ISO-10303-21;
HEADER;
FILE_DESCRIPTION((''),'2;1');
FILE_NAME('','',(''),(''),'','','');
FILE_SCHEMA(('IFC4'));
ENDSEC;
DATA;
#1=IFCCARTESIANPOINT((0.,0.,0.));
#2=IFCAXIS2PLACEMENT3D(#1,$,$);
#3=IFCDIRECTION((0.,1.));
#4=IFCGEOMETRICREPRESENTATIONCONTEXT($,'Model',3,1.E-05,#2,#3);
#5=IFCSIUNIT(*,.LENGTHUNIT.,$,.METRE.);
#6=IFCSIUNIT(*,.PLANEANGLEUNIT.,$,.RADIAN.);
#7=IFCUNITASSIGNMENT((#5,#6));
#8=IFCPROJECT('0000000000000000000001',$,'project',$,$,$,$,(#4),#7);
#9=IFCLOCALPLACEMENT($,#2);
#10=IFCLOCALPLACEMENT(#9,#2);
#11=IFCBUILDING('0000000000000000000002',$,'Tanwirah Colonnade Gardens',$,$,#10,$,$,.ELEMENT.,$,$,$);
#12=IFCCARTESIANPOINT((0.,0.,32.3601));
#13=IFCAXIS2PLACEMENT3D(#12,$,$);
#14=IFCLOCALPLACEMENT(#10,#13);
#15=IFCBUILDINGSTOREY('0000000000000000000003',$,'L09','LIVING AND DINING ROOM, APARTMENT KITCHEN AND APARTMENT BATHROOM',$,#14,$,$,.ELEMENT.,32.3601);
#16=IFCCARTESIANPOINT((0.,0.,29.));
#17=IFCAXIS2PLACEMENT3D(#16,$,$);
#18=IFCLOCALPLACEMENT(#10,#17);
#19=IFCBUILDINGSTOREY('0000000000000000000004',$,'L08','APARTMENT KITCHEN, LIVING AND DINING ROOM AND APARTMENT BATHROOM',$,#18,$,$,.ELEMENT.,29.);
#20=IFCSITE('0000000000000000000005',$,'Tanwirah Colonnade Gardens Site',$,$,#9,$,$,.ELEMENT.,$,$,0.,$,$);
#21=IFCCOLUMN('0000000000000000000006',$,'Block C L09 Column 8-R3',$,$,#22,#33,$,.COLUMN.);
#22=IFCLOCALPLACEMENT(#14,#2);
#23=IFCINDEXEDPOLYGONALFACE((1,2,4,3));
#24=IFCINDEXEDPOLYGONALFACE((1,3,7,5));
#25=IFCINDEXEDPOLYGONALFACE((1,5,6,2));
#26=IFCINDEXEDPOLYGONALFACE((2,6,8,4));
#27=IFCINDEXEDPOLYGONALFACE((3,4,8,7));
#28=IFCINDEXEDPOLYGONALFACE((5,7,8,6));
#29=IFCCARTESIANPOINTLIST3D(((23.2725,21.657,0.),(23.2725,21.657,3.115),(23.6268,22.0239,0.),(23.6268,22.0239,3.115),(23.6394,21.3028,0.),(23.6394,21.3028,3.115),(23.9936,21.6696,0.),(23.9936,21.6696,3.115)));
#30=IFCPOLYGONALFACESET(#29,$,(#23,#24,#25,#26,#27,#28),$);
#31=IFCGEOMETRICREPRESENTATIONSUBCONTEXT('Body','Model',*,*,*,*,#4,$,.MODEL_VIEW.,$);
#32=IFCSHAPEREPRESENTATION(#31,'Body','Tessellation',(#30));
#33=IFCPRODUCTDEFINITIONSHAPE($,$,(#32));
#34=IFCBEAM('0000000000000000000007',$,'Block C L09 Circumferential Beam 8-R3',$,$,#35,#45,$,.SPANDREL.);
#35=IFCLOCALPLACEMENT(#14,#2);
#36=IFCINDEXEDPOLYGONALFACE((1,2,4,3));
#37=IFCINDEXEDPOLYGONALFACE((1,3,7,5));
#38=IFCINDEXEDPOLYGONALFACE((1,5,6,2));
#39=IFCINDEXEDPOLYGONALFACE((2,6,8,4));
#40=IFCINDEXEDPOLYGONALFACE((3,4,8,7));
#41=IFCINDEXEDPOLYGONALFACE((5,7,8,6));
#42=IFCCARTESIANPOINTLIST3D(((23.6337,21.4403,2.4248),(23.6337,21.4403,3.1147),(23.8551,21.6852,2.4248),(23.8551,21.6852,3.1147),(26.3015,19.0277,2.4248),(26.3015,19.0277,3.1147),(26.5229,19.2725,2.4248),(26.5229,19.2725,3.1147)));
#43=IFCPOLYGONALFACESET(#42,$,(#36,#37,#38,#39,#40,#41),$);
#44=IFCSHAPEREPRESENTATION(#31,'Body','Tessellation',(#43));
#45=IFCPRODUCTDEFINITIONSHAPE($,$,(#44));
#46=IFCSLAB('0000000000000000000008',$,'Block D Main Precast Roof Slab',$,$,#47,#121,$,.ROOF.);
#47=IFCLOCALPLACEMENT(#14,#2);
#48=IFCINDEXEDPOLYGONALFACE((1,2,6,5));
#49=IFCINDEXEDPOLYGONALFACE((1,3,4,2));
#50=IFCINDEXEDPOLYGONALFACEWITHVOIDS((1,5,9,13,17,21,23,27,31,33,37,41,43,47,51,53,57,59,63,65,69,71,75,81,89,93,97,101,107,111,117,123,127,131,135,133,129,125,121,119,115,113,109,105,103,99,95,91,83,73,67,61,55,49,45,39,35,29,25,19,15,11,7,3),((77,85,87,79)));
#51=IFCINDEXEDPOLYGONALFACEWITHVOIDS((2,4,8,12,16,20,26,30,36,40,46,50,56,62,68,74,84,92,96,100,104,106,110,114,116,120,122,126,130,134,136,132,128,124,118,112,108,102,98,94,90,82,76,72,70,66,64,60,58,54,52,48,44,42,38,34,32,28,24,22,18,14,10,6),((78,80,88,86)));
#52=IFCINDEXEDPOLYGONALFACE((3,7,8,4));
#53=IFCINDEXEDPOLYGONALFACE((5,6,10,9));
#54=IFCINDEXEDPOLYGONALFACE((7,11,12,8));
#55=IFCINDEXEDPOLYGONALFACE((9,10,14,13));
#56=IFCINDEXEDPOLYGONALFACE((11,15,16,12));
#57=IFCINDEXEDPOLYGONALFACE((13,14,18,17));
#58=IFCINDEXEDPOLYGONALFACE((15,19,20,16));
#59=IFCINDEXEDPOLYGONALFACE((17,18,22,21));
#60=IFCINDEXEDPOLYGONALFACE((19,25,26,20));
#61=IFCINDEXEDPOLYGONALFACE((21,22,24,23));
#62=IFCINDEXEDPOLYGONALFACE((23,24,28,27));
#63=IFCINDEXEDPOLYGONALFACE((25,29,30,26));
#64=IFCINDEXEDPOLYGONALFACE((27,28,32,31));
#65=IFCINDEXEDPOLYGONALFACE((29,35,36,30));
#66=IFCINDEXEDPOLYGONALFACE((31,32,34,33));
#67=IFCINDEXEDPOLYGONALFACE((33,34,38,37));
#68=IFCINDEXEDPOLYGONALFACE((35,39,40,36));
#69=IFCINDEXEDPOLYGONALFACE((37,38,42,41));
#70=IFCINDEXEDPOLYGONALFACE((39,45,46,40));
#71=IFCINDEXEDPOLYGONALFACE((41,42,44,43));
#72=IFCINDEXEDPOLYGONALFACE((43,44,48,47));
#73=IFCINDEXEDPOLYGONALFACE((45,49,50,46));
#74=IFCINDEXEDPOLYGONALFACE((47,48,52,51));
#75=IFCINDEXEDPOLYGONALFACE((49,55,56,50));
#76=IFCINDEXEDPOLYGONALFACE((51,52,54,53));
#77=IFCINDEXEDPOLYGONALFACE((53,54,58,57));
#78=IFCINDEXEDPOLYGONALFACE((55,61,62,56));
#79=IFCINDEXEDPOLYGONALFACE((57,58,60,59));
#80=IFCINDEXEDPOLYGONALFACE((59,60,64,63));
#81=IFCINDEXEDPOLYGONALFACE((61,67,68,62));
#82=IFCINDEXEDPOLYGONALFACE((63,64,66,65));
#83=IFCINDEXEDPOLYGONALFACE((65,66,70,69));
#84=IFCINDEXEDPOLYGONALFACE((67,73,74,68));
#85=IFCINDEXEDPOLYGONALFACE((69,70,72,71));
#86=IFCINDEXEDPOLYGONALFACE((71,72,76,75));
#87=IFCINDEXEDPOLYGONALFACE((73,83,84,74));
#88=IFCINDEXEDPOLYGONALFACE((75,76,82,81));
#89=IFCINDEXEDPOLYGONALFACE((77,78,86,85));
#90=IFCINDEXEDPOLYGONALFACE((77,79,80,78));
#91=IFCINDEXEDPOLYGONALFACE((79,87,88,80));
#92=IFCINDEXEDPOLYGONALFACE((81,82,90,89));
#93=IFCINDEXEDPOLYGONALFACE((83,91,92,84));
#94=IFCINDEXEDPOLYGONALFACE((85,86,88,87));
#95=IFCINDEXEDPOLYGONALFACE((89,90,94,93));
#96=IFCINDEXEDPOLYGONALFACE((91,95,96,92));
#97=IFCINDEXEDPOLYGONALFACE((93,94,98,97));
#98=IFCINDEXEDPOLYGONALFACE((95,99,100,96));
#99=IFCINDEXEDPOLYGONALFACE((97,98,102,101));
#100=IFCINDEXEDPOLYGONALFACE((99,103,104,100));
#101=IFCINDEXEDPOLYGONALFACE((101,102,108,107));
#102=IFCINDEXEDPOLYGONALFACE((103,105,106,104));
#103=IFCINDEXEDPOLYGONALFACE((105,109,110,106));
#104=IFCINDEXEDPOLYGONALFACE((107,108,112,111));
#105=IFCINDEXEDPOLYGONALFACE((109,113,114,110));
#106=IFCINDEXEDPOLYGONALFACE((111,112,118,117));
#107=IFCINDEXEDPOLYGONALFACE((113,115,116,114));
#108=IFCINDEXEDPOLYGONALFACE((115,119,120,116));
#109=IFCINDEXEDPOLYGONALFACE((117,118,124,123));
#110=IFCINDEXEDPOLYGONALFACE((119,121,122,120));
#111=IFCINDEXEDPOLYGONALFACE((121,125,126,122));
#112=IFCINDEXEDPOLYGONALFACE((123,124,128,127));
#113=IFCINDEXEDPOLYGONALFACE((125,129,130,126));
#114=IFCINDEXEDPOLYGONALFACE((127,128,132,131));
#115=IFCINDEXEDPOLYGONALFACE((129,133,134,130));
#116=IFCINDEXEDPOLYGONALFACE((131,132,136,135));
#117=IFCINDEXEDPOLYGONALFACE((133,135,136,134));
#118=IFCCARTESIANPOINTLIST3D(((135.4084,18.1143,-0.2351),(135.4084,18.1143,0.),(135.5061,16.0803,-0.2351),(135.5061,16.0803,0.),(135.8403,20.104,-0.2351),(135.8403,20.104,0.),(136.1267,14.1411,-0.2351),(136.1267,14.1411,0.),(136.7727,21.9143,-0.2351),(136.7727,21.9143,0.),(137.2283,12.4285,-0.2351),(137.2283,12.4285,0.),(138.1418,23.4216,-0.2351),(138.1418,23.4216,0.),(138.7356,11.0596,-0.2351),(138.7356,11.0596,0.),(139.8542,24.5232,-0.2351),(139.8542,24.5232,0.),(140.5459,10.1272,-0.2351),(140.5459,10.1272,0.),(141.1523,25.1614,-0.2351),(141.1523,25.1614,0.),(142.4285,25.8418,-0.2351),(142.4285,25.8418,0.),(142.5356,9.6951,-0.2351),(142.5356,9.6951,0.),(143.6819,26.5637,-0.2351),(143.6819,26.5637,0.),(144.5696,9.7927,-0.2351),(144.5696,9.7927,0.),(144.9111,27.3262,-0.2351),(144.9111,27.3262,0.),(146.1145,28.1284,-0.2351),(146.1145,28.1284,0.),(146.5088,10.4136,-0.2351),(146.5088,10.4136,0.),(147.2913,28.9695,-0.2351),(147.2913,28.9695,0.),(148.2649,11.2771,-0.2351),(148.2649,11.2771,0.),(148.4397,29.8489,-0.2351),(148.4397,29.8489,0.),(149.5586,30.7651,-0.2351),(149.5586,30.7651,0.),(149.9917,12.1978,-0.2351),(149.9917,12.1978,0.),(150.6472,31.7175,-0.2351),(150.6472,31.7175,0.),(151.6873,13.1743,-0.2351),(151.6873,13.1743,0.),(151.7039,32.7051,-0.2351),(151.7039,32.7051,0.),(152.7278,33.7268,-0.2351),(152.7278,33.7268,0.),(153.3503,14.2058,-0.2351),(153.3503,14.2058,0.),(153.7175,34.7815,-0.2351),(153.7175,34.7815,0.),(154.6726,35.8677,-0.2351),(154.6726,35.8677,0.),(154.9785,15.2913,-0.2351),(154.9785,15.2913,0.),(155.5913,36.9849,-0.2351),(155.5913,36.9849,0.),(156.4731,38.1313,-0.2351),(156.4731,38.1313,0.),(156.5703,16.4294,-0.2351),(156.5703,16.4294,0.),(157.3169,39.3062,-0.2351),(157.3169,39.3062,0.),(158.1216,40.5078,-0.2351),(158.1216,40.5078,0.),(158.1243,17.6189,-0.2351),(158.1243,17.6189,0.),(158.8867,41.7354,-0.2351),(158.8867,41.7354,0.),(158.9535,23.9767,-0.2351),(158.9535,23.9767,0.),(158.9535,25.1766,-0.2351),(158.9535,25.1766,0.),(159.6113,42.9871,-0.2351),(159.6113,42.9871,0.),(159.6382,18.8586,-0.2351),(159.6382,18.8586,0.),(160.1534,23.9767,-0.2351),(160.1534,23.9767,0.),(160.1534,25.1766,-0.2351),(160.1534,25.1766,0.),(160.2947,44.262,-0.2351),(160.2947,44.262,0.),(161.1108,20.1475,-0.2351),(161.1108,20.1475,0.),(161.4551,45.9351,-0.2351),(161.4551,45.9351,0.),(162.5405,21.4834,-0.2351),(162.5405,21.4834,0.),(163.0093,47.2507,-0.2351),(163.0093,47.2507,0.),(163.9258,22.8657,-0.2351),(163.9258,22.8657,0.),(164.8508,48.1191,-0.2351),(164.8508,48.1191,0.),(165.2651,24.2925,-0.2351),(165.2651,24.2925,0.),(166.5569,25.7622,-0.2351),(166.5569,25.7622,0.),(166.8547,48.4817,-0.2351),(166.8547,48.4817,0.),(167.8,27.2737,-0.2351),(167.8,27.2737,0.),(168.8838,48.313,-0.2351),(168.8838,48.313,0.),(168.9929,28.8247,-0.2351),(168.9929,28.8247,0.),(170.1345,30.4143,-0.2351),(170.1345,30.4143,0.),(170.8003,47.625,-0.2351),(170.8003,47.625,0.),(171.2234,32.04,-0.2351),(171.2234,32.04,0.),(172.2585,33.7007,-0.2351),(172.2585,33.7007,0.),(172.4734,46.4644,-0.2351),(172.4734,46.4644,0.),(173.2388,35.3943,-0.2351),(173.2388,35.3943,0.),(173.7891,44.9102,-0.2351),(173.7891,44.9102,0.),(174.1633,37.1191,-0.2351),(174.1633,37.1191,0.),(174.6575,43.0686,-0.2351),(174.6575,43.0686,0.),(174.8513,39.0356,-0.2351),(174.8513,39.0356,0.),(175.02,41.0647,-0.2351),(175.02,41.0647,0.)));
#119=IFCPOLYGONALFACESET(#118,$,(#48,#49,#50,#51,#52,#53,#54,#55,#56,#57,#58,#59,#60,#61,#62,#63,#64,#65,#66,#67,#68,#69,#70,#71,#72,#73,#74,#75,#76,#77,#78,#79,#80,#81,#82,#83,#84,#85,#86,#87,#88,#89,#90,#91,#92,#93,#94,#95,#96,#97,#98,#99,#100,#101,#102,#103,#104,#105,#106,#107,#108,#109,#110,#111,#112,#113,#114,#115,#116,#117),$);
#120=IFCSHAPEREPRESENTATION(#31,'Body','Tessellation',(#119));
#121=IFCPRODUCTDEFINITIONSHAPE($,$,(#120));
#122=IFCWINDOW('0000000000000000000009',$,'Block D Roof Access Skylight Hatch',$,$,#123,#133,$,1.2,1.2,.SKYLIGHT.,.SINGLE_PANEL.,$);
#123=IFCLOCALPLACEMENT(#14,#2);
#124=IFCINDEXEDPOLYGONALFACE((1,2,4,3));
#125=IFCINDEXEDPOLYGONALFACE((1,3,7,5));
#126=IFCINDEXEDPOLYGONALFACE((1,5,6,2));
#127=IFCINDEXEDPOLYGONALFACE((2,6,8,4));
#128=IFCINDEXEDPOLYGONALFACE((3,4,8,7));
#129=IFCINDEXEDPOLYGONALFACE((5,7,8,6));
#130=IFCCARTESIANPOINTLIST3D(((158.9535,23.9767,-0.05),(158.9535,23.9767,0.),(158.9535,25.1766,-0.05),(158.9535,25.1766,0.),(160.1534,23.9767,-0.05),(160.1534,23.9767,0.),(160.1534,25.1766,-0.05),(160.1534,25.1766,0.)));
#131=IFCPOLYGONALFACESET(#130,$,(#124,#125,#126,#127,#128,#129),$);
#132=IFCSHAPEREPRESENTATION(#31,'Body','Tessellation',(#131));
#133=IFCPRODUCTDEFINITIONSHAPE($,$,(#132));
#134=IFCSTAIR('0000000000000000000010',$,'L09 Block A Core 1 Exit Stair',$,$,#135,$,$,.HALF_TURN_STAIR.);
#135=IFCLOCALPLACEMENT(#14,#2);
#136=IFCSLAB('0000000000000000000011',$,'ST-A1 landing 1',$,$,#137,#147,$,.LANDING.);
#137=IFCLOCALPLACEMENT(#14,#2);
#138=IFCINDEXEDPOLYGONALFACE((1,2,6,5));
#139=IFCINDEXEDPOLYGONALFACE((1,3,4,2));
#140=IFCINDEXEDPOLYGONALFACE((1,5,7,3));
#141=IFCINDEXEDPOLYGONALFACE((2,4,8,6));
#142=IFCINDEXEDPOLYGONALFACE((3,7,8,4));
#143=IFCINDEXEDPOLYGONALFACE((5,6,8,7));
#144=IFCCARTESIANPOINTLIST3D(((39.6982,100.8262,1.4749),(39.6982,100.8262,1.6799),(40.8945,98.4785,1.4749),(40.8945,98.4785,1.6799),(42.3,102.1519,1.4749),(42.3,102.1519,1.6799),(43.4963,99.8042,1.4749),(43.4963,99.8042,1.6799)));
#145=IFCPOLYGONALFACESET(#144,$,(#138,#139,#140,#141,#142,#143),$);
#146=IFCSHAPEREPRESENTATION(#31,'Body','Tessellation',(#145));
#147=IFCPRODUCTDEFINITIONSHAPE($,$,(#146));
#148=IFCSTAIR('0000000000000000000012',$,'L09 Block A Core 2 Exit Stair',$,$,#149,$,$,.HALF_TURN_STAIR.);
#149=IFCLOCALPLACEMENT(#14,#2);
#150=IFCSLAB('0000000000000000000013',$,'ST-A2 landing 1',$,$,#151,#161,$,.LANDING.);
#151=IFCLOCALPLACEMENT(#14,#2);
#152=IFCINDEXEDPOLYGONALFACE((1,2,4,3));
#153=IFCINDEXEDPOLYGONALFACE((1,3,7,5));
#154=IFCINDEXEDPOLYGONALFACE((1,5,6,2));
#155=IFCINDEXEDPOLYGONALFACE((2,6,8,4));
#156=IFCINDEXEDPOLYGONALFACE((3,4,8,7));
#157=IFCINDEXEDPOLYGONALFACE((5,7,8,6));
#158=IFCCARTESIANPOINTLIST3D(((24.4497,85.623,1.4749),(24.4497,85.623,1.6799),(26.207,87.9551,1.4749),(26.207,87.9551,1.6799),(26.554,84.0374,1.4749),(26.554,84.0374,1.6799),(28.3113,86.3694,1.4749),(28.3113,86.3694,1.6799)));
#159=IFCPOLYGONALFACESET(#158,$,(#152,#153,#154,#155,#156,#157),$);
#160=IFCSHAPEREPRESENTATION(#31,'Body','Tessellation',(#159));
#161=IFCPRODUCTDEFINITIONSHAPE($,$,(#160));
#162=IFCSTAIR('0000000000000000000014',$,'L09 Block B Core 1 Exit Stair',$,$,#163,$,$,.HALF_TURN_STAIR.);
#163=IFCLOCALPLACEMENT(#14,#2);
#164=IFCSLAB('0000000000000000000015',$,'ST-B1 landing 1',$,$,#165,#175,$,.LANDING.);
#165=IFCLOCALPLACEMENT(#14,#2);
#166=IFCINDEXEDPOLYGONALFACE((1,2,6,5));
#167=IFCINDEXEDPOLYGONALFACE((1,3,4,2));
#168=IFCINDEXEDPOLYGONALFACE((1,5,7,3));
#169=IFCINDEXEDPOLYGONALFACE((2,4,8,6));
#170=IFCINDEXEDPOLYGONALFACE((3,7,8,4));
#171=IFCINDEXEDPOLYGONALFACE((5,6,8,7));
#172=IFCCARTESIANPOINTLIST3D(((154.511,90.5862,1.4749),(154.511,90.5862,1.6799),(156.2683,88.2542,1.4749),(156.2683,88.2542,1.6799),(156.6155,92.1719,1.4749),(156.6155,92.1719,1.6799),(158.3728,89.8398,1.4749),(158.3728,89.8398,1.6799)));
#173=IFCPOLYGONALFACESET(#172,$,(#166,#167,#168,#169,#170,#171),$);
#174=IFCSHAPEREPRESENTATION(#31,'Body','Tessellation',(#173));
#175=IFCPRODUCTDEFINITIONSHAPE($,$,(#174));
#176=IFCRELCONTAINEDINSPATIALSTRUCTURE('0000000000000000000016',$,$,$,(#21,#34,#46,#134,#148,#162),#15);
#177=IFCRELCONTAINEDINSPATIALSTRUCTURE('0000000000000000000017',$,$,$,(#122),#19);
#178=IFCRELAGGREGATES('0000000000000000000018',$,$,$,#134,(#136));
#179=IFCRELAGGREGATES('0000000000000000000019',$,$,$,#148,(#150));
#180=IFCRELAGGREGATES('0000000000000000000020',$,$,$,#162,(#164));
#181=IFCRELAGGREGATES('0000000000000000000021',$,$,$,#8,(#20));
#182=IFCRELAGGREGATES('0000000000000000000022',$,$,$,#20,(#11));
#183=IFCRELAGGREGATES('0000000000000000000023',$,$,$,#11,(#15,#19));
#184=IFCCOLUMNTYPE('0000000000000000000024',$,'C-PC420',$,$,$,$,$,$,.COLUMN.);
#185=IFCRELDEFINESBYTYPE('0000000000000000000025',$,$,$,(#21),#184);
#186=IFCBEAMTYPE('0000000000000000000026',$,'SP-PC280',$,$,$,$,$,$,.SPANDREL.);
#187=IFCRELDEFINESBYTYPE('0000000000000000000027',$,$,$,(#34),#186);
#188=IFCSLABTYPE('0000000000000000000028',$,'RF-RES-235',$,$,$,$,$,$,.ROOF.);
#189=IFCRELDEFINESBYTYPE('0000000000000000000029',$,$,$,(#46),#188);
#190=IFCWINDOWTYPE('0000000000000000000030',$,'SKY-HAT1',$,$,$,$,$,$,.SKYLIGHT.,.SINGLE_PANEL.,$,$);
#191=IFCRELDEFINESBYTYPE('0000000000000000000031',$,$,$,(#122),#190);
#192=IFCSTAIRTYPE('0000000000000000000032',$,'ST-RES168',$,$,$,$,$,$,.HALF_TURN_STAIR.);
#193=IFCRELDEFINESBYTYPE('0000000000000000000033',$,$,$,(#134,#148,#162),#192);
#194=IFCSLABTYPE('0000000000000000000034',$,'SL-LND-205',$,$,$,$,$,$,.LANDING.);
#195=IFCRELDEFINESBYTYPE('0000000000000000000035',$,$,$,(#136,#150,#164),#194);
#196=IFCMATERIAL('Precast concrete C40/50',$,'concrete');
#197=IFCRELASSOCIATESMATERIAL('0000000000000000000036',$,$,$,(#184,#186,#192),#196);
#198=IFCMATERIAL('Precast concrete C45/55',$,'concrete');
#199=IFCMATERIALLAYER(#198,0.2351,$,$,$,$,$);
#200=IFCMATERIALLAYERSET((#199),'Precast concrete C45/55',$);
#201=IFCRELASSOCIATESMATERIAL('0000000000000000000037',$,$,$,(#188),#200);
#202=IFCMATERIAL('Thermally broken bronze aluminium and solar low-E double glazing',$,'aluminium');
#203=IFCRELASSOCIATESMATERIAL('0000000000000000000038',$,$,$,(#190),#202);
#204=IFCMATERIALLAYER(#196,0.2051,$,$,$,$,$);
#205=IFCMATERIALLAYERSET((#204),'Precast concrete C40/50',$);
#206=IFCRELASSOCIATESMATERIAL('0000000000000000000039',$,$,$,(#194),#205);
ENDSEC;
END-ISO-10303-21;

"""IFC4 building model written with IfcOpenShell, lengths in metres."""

from ifc_helpers import new_model, si_unit, direction, frame, origin, origin_2d, place, context, subcontext, project, spatial, polyline, rectangle, outline, extrude, material, layer, layer_set, material_profile, profile_set, type_object, element, fill, aggregate, save


model = new_model("IFC4")

# Units and contexts
model_context = context("Model", 3, precision=1e-05, world=origin(), true_north=direction((0.0, 1.0)))
body_context = subcontext(model_context, "Body", "Model", "MODEL_VIEW")
ifc_project = project(units=[si_unit("LENGTHUNIT", "METRE"), si_unit("PLANEANGLEUNIT", "RADIAN")], contexts=[model_context])

# Site, building, storey
site_placement = place(None, origin())
site = spatial("IfcSite", under=ifc_project, at=site_placement, Name="Tanwirah Colonnade Gardens Site", CompositionType="ELEMENT", RefElevation=0.0)
building_placement = place(site_placement, origin())
building = spatial("IfcBuilding", under=site, at=building_placement, Name="Tanwirah Colonnade Gardens", CompositionType="ELEMENT")
storey_1_placement = place(building_placement, frame((0.0, 0.0, 32.3601)))
storey_1 = spatial("IfcBuildingStorey", under=building, at=storey_1_placement, Name="L09", Description="LIVING AND DINING ROOM, APARTMENT KITCHEN AND APARTMENT BATHROOM", CompositionType="ELEMENT", Elevation=32.3601)

# Column
ifc_material_1 = material(Name="Precast concrete C40/50", Category="concrete")
ifc_material_profile_1 = material_profile(ifc_material_1, rectangle(XDim=0.51, YDim=0.51, at=origin_2d()), Name="PC-COL 510x510")
ifc_profile_set_1 = profile_set([ifc_material_profile_1], Name="Precast concrete C40/50")
column_type = type_object("IfcColumnType", Name="C-PC420", PredefinedType="COLUMN", material=ifc_profile_set_1)
column_placement = place(storey_1_placement, frame((23.6331, 21.6633, 0.0), z_axis=(0.0, 0.0, 1.0), x_axis=(-0.694658, -0.71934, 0.0)))
element("IfcColumn", 1, at=column_placement, inside=storey_1, type_object=column_type, Name="Block C L09 Column 8-R3", PredefinedType="COLUMN", context=body_context, shape_type="SweptSolid", body=[
    extrude(rectangle(XDim=0.51, YDim=0.51, at=origin_2d()), origin(), (0.0, 0.0, 1.0), 3.115),
])

# Beam
ifc_material_profile_2 = material_profile(ifc_material_1, rectangle(XDim=0.3301, YDim=0.6899, at=origin_2d()), Name="PC-SP 330x690")
ifc_profile_set_2 = profile_set([ifc_material_profile_2], Name="Precast concrete C40/50")
beam_type = type_object("IfcBeamType", Name="SP-PC280", PredefinedType="SPANDREL", material=ifc_profile_set_2)
beam_placement = place(storey_1_placement, frame((23.7444, 21.5627, 2.7698), z_axis=(0.741682, -0.670752, 0.0), x_axis=(0.670752, 0.741682, 0.0)))
element("IfcBeam", 2, at=beam_placement, inside=storey_1, type_object=beam_type, Name="Block C L09 Circumferential Beam 8-R3", PredefinedType="SPANDREL", context=body_context, shape_type="SweptSolid", body=[
    extrude(rectangle(XDim=0.3301, YDim=0.6899, at=origin_2d()), origin(), (0.0, 0.0, 1.0), 3.5969),
])

# Slab, opening
ifc_material_2 = material(Name="Precast concrete C45/55", Category="concrete")
ifc_layer_1 = layer(ifc_material_2, 0.2351)
ifc_layer_set_1 = layer_set([ifc_layer_1], Name="Precast concrete C45/55")
slab_type_1 = type_object("IfcSlabType", Name="RF-RES-235", PredefinedType="ROOF", material=ifc_layer_set_1)
slab_1_placement = place(storey_1_placement, frame((0.0, 0.0, -0.2351)))
slab_1 = element("IfcSlab", 3, at=slab_1_placement, inside=storey_1, type_object=slab_type_1, Name="Block D Main Precast Roof Slab", PredefinedType="ROOF", context=body_context, shape_type="SweptSolid", body=[
    extrude(outline(polyline([(138.1418, 23.4216), (136.7727, 21.9143), (135.8403, 20.104), (135.4084, 18.1143), (135.5061, 16.0803), (136.1267, 14.1411), (137.2283, 12.4285), (138.7356, 11.0596), (140.5459, 10.1272), (142.5356, 9.6951), (144.5696, 9.7927), (146.5088, 10.4136), (148.2649, 11.2771), (149.9917, 12.1978), (151.6873, 13.1743), (153.3503, 14.2058), (154.9785, 15.2913), (156.5703, 16.4294), (158.1243, 17.6189), (159.6382, 18.8586), (161.1108, 20.1475), (162.5405, 21.4834), (163.9258, 22.8657), (165.2651, 24.2925), (166.5569, 25.7622), (167.8, 27.2737), (168.9929, 28.8247), (170.1345, 30.4143), (171.2234, 32.04), (172.2585, 33.7007), (173.2388, 35.3943), (174.1633, 37.1191), (174.8513, 39.0356), (175.02, 41.0647), (174.6575, 43.0686), (173.7891, 44.9102), (172.4734, 46.4644), (170.8003, 47.625), (168.8838, 48.313), (166.8547, 48.4817), (164.8508, 48.1191), (163.0093, 47.2507), (161.4551, 45.9351), (160.2947, 44.262), (159.6113, 42.9871), (158.8867, 41.7354), (158.1216, 40.5078), (157.3169, 39.3062), (156.4731, 38.1313), (155.5913, 36.9849), (154.6726, 35.8677), (153.7175, 34.7815), (152.7278, 33.7268), (151.7039, 32.7051), (150.6472, 31.7175), (149.5586, 30.7651), (148.4397, 29.8489), (147.2913, 28.9695), (146.1145, 28.1284), (144.9111, 27.3262), (143.6819, 26.5637), (142.4285, 25.8418), (141.1523, 25.1614), (139.8542, 24.5232), (138.1418, 23.4216)])), origin(), (0.0, 0.0, 1.0), 0.2351),
])
opening_1_placement = place(slab_1_placement, frame((159.5535, 24.5767, -0.01)))
opening_1 = element("IfcOpeningElement", 4, at=opening_1_placement, cuts=slab_1, PredefinedType="OPENING", context=body_context, shape_type="SweptSolid", body=[
    extrude(rectangle(XDim=1.2, YDim=1.2, at=origin_2d()), origin(), (0.0, 0.0, 1.0), 0.2551),
])

# Shared definitions
storey_2_placement = place(building_placement, frame((0.0, 0.0, 29.0)))
storey_2 = spatial("IfcBuildingStorey", under=building, at=storey_2_placement, Name="L08", Description="APARTMENT KITCHEN, LIVING AND DINING ROOM AND APARTMENT BATHROOM", CompositionType="ELEMENT", Elevation=29.0)

# Window
ifc_material_3 = material(Name="Thermally broken bronze aluminium and solar low-E double glazing", Category="aluminium")
window_type = type_object("IfcWindowType", Name="SKY-HAT1", PartitioningType="SINGLE_PANEL", PredefinedType="SKYLIGHT", material=ifc_material_3)
window_placement = place(slab_1_placement, frame((159.5535, 24.5767, 0.1851)))
window = element("IfcWindow", 5, at=window_placement, inside=storey_2, type_object=window_type, Name="Block D Roof Access Skylight Hatch", OverallHeight=1.2, OverallWidth=1.2, PartitioningType="SINGLE_PANEL", PredefinedType="SKYLIGHT", context=body_context, shape_type="SweptSolid", body=[
    extrude(rectangle(XDim=1.2, YDim=1.2, at=origin_2d()), origin(), (0.0, 0.0, 1.0), 0.05),
])
fill(opening_1, window)

# Stairs, slabs
stair_type = type_object("IfcStairType", Name="ST-RES168", PredefinedType="HALF_TURN_STAIR", material=ifc_material_1)
stair_1_placement = place(storey_1_placement, origin())
stair_1 = element("IfcStair", 6, at=stair_1_placement, inside=storey_1, type_object=stair_type, Name="L09 Block A Core 1 Exit Stair", PredefinedType="HALF_TURN_STAIR")
ifc_layer_2 = layer(ifc_material_1, 0.2051)
ifc_layer_set_2 = layer_set([ifc_layer_2], Name="Precast concrete C40/50")
slab_type_2 = type_object("IfcSlabType", Name="SL-LND-205", PredefinedType="LANDING", material=ifc_layer_set_2)
slab_2_placement = place(storey_1_placement, frame((0.0, 0.0, 1.4749)))
slab_2 = element("IfcSlab", 7, at=slab_2_placement, type_object=slab_type_2, Name="ST-A1 landing 1", PredefinedType="LANDING", context=body_context, shape_type="SweptSolid", body=[
    extrude(outline(polyline([(39.6982, 100.8262), (40.8945, 98.4785), (43.4963, 99.8042), (42.3, 102.1519), (39.6982, 100.8262)])), origin(), (0.0, 0.0, 1.0), 0.2051),
])
aggregate(stair_1, [slab_2])
stair_2_placement = place(storey_1_placement, origin())
stair_2 = element("IfcStair", 8, at=stair_2_placement, inside=storey_1, type_object=stair_type, Name="L09 Block A Core 2 Exit Stair", PredefinedType="HALF_TURN_STAIR")
slab_3_placement = place(storey_1_placement, frame((0.0, 0.0, 1.4749)))
slab_3 = element("IfcSlab", 9, at=slab_3_placement, type_object=slab_type_2, Name="ST-A2 landing 1", PredefinedType="LANDING", context=body_context, shape_type="SweptSolid", body=[
    extrude(outline(polyline([(24.4497, 85.623), (26.554, 84.0374), (28.3113, 86.3694), (26.207, 87.9551), (24.4497, 85.623)])), origin(), (0.0, 0.0, 1.0), 0.2051),
])
aggregate(stair_2, [slab_3])
stair_3_placement = place(storey_1_placement, origin())
stair_3 = element("IfcStair", 10, at=stair_3_placement, inside=storey_1, type_object=stair_type, Name="L09 Block B Core 1 Exit Stair", PredefinedType="HALF_TURN_STAIR")
slab_4_placement = place(storey_1_placement, frame((0.0, 0.0, 1.4749)))
slab_4 = element("IfcSlab", 11, at=slab_4_placement, type_object=slab_type_2, Name="ST-B1 landing 1", PredefinedType="LANDING", context=body_context, shape_type="SweptSolid", body=[
    extrude(outline(polyline([(156.6155, 92.1719), (154.511, 90.5862), (156.2683, 88.2542), (158.3728, 89.8398), (156.6155, 92.1719)])), origin(), (0.0, 0.0, 1.0), 0.2051),
])
aggregate(stair_3, [slab_4])

save(model, "model.ifc")
